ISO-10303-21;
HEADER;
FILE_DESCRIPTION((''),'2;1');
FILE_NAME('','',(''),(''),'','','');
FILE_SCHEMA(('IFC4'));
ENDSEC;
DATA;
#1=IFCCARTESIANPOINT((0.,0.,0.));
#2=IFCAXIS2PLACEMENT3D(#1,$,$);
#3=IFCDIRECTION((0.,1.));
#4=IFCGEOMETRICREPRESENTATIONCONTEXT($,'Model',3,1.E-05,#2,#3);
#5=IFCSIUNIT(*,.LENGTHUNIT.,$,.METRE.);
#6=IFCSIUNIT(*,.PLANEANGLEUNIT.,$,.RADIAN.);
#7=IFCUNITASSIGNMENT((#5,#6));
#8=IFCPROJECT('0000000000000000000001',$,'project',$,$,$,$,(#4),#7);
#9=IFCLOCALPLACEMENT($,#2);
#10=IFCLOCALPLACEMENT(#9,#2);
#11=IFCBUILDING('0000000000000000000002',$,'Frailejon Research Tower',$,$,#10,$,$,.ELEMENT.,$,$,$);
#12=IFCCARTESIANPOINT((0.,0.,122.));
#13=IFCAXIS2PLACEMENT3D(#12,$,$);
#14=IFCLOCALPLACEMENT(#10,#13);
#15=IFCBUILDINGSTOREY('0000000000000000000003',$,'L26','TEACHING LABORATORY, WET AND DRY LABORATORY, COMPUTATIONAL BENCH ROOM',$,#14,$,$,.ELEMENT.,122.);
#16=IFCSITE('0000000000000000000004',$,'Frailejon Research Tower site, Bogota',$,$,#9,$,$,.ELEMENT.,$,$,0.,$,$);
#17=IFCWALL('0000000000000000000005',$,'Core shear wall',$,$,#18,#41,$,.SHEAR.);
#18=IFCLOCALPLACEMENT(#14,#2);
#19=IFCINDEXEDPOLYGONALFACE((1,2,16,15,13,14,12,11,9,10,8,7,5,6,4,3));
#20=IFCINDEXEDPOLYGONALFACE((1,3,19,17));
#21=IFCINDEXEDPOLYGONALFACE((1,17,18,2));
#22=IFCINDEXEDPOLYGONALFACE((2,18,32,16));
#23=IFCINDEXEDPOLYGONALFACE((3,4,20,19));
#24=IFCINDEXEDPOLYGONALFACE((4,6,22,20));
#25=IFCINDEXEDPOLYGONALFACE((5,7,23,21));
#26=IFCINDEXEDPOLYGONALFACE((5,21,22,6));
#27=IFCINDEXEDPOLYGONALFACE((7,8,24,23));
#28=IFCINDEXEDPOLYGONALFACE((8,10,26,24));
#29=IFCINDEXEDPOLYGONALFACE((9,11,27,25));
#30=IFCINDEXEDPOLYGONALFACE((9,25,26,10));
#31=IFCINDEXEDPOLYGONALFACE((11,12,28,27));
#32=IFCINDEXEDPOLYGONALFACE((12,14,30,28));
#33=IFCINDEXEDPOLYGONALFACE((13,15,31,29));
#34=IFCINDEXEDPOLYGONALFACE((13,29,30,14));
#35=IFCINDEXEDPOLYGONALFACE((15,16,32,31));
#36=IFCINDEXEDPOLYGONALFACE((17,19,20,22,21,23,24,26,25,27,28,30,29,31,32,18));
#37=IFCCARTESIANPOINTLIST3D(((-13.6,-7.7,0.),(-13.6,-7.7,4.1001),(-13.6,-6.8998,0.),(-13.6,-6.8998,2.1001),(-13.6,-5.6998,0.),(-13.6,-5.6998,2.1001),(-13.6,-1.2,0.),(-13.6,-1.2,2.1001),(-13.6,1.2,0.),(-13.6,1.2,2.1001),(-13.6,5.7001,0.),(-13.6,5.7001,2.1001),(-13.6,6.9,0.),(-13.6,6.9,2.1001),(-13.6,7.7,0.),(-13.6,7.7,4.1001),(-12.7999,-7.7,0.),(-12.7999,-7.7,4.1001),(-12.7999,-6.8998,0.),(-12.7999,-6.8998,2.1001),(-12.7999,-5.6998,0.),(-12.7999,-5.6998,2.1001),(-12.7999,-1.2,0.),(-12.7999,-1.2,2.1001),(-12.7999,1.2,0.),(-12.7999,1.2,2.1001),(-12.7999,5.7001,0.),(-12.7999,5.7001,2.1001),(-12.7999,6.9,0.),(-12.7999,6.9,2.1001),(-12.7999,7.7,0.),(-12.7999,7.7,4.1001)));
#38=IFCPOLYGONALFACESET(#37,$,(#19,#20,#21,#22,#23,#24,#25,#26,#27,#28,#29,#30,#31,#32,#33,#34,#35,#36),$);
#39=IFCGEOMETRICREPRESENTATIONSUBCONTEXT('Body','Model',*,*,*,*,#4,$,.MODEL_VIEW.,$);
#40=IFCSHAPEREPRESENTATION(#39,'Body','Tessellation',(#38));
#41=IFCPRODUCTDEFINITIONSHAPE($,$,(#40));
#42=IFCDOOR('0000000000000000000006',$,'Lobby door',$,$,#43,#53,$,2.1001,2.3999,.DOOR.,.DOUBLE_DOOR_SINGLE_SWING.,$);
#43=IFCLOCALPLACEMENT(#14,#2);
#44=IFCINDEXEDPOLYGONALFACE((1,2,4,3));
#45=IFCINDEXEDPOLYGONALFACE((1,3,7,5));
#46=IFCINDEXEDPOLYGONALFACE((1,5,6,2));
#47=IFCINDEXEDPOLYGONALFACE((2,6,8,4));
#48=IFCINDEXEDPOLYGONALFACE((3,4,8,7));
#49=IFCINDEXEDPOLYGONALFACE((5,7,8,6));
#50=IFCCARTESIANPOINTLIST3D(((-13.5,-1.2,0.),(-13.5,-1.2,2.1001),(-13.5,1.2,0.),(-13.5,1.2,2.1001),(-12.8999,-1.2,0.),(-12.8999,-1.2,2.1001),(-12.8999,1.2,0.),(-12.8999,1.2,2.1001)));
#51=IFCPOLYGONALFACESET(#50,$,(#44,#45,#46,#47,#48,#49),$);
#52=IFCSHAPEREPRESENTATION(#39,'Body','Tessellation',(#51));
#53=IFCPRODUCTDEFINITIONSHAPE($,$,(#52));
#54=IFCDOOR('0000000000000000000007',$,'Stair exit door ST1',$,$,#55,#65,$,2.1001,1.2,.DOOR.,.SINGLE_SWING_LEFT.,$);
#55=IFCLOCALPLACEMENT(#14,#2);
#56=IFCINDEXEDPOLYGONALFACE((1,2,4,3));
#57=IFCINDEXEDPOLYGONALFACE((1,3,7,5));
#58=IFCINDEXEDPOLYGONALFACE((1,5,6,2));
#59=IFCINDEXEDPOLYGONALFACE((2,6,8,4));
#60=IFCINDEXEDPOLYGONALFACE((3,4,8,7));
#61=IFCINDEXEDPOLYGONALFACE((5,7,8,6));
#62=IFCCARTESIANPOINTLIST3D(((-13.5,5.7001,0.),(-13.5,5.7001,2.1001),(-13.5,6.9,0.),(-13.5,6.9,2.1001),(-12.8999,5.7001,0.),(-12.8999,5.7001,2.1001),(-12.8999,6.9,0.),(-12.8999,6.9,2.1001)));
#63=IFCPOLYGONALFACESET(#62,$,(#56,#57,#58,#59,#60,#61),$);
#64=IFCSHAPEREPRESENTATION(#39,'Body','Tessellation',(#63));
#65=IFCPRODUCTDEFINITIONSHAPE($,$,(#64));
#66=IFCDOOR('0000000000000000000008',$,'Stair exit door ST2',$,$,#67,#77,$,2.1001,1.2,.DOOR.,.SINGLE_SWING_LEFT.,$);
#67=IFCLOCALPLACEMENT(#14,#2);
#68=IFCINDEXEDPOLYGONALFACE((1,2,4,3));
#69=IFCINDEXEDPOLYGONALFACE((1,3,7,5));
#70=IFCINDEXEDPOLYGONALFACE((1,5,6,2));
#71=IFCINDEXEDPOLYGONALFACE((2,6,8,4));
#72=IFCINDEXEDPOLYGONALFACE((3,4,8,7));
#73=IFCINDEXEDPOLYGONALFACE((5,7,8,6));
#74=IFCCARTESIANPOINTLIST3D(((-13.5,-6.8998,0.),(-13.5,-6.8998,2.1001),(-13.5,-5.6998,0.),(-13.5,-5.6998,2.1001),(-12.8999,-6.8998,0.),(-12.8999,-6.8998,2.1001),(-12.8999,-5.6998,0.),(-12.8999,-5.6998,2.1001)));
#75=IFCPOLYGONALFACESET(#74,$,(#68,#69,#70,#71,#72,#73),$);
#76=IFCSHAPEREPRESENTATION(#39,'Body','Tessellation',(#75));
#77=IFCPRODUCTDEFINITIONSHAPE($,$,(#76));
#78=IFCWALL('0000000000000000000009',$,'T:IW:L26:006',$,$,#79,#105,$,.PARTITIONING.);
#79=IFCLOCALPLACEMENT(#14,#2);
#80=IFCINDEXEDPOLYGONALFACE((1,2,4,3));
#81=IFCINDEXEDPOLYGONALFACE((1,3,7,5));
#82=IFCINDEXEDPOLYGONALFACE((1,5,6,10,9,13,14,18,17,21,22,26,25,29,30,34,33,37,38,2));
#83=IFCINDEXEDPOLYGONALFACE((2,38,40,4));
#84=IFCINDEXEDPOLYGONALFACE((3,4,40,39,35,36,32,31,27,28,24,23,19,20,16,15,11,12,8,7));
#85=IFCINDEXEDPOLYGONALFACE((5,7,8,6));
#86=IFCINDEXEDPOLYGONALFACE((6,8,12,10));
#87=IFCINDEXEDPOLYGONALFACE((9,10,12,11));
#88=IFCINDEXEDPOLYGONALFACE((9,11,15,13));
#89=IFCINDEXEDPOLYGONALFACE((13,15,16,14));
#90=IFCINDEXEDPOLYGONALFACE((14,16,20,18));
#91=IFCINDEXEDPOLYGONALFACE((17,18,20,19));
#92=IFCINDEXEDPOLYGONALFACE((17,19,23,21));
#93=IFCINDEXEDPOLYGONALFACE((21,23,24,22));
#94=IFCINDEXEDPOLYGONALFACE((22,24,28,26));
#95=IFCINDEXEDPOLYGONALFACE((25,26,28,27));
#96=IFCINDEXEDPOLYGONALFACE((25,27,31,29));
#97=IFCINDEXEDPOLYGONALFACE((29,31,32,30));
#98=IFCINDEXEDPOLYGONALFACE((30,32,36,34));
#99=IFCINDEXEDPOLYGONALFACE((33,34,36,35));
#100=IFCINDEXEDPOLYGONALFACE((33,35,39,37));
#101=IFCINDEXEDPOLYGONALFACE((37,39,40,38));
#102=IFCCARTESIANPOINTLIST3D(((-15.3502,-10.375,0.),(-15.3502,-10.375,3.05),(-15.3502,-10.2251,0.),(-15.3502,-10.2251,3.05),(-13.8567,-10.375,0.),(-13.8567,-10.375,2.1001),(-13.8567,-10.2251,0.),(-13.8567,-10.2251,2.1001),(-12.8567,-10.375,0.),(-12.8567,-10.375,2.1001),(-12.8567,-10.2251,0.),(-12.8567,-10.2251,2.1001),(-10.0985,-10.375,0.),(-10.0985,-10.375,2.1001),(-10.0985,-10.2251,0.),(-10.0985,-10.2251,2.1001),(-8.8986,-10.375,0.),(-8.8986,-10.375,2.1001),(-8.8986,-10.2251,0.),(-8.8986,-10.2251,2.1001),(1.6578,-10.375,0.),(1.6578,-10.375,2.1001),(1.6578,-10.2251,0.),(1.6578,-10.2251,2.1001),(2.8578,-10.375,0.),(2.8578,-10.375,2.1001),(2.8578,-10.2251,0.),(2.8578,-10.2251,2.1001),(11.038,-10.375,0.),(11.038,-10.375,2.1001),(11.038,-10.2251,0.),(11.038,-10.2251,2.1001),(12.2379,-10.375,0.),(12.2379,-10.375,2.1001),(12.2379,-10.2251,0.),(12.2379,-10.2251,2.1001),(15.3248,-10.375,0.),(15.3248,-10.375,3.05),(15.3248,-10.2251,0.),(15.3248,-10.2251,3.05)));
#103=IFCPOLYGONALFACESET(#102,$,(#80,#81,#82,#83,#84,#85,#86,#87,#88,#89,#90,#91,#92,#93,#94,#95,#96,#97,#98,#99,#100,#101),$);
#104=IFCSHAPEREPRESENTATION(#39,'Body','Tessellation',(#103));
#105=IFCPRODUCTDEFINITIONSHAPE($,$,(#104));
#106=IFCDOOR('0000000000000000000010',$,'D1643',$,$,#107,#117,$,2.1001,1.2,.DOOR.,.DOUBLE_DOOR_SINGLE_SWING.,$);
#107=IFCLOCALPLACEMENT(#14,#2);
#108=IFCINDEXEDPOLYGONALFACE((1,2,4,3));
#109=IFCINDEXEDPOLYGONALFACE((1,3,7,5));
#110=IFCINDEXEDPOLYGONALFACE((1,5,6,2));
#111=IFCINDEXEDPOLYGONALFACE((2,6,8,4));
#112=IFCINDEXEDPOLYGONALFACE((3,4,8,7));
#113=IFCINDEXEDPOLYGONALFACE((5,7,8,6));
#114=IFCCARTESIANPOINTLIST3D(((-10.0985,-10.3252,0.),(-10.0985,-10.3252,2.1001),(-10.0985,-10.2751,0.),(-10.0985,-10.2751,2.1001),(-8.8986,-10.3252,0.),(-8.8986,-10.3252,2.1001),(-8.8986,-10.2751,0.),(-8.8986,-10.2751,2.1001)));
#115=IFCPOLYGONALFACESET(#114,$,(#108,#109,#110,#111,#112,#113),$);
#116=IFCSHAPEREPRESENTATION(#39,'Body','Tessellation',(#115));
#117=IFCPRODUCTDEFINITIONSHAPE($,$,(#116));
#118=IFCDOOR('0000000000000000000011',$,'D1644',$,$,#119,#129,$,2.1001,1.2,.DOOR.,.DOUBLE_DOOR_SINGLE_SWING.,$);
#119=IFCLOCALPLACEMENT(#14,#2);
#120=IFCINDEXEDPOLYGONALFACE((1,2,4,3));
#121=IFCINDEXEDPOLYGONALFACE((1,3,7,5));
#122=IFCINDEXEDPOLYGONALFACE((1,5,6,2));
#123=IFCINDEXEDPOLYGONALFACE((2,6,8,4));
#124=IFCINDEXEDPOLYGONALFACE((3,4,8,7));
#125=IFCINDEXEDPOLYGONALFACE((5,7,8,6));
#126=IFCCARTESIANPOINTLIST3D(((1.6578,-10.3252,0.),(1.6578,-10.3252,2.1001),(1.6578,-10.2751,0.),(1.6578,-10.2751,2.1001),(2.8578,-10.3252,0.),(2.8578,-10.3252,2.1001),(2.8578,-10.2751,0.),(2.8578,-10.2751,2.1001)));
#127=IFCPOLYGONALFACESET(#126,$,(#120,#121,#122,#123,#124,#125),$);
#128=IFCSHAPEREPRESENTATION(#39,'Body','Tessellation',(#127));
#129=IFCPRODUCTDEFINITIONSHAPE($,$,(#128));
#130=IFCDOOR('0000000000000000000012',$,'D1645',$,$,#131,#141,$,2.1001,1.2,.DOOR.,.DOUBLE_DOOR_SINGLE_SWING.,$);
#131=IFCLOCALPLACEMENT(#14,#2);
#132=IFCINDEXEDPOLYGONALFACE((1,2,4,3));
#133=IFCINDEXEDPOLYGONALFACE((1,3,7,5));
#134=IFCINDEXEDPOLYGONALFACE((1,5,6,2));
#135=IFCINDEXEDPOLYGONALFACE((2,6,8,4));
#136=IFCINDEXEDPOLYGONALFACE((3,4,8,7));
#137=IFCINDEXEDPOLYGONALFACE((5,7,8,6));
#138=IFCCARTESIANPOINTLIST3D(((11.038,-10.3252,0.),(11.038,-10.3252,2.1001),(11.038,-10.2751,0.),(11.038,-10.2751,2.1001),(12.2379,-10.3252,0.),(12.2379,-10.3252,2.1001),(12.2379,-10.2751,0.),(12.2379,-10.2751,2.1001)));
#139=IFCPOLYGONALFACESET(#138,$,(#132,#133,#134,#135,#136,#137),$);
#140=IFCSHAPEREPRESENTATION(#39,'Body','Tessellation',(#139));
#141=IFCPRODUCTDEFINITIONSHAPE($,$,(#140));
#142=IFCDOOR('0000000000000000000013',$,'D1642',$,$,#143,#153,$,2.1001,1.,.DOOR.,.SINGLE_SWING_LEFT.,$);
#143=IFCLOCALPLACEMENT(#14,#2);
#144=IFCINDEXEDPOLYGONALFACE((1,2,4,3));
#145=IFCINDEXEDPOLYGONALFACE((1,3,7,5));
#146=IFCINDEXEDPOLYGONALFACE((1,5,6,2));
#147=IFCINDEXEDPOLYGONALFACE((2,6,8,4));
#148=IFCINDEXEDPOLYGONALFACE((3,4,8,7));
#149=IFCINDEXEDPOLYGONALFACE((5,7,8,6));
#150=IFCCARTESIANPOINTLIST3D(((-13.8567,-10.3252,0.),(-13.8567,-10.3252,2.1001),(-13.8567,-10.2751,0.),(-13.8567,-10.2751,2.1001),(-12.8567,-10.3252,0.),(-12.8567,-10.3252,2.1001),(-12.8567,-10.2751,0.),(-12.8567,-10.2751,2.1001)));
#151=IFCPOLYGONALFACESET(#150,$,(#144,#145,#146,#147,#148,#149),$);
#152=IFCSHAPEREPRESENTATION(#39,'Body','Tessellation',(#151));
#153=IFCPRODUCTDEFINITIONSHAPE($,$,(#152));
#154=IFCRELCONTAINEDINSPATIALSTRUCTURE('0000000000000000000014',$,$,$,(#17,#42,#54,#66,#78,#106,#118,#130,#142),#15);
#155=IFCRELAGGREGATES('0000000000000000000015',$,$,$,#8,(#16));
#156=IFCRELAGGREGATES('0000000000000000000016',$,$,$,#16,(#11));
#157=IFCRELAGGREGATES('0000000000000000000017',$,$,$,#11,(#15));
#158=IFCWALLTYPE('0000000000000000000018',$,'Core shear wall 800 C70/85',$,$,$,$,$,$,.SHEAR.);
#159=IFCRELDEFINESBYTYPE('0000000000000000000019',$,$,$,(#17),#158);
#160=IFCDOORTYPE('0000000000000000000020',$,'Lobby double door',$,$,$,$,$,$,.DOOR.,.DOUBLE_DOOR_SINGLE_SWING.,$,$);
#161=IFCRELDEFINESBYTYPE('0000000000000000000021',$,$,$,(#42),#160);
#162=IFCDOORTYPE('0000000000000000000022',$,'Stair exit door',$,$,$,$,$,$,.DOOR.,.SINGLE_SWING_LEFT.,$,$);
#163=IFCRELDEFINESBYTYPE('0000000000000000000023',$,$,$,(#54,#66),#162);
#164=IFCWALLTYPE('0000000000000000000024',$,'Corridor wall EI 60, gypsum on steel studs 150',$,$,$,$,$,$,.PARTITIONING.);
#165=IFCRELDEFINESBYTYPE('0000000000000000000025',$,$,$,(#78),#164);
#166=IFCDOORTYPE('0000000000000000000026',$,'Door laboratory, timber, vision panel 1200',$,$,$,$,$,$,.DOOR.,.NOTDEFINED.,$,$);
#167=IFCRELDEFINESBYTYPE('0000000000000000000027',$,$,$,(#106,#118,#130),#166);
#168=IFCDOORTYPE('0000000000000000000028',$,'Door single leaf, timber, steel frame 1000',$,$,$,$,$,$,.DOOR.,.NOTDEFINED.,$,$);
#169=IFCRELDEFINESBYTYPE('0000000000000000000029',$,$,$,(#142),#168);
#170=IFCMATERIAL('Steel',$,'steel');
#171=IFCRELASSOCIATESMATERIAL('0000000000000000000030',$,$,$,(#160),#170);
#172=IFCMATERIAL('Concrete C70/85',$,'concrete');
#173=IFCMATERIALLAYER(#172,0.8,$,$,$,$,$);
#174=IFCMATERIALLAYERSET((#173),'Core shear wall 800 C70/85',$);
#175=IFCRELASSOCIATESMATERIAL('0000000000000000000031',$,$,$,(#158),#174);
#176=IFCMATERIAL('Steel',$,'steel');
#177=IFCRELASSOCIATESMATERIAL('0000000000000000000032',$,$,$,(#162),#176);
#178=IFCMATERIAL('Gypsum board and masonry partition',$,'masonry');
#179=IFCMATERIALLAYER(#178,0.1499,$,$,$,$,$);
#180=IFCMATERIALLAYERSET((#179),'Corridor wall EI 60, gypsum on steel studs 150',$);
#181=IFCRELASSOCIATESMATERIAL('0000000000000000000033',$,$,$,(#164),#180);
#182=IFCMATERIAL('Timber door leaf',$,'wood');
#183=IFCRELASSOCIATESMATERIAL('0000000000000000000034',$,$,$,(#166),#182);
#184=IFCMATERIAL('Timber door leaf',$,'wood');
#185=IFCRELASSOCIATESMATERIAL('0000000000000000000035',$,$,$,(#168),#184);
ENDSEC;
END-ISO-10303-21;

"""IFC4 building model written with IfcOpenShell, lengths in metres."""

from ifc_helpers import new_model, si_unit, direction, frame, frame_2d, origin, place, context, subcontext, project, spatial, rectangle, extrude, material, layer, layer_set, type_object, element, fill, save


model = new_model("IFC4")

# Units and contexts
model_context = context("Model", 3, precision=1e-05, world=origin(), true_north=direction((0.0, 1.0)))
body_context = subcontext(model_context, "Body", "Model", "MODEL_VIEW")
ifc_project = project(units=[si_unit("LENGTHUNIT", "METRE"), si_unit("PLANEANGLEUNIT", "RADIAN")], contexts=[model_context])

# Site, building, storey
site_placement = place(None, origin())
site = spatial("IfcSite", under=ifc_project, at=site_placement, Name="Frailejon Research Tower site, Bogota", CompositionType="ELEMENT", RefElevation=0.0)
building_placement = place(site_placement, origin())
building = spatial("IfcBuilding", under=site, at=building_placement, Name="Frailejon Research Tower", CompositionType="ELEMENT")
storey_placement = place(building_placement, frame((0.0, 0.0, 122.0)))
storey = spatial("IfcBuildingStorey", under=building, at=storey_placement, Name="L26", Description="TEACHING LABORATORY, WET AND DRY LABORATORY, COMPUTATIONAL BENCH ROOM", CompositionType="ELEMENT", Elevation=122.0)

# Shared definitions
ifc_material_1 = material(Name="Steel", Category="steel")
door_type_1 = type_object("IfcDoorType", Name="Lobby double door", OperationType="DOUBLE_DOOR_SINGLE_SWING", PredefinedType="DOOR", material=ifc_material_1)

# Shared definitions
ifc_material_2 = material(Name="Concrete C70/85", Category="concrete")
ifc_layer_1 = layer(ifc_material_2, 0.8)
ifc_layer_set_1 = layer_set([ifc_layer_1], Name="Core shear wall 800 C70/85")
wall_type_1 = type_object("IfcWallType", Name="Core shear wall 800 C70/85", PredefinedType="SHEAR", material=ifc_layer_set_1)

# Walls, openings, doors
wall_1_placement = place(storey_placement, frame((-13.2, -7.7, 0.0), z_axis=(0.0, 0.0, 1.0), x_axis=(0.0, 1.0, 0.0)))
wall_1 = element("IfcWall", 1, at=wall_1_placement, inside=storey, type_object=wall_type_1, Name="Core shear wall", PredefinedType="SHEAR", context=body_context, shape_type="SweptSolid", body=[
    extrude(rectangle(XDim=15.3999, YDim=0.8, at=frame_2d((7.7, 0.0))), origin(), (0.0, 0.0, 1.0), 4.1001),
])
opening_1_placement = place(wall_1_placement, frame((6.5, 0.0, 0.0)))
opening_1 = element("IfcOpeningElement", 2, at=opening_1_placement, cuts=wall_1, PredefinedType="OPENING", context=body_context, shape_type="SweptSolid", body=[
    extrude(rectangle(XDim=2.3999, YDim=2.1001, at=frame_2d((1.2, 1.05))), frame((0.0, 0.4099, 0.0), z_axis=(0.0, -1.0, 0.0), x_axis=(1.0, 0.0, 0.0)), (0.0, 0.0, 1.0), 0.8201),
])
opening_2_placement = place(wall_1_placement, frame((13.3999, 0.0, 0.0)))
opening_2 = element("IfcOpeningElement", 3, at=opening_2_placement, cuts=wall_1, PredefinedType="OPENING", context=body_context, shape_type="SweptSolid", body=[
    extrude(rectangle(XDim=1.2, YDim=2.1001, at=frame_2d((0.6001, 1.05))), frame((0.0, 0.4099, 0.0), z_axis=(0.0, -1.0, 0.0), x_axis=(1.0, 0.0, 0.0)), (0.0, 0.0, 1.0), 0.8201),
])
opening_3_placement = place(wall_1_placement, frame((0.8, 0.0, 0.0)))
opening_3 = element("IfcOpeningElement", 4, at=opening_3_placement, cuts=wall_1, PredefinedType="OPENING", context=body_context, shape_type="SweptSolid", body=[
    extrude(rectangle(XDim=1.2, YDim=2.1001, at=frame_2d((0.6001, 1.05))), frame((0.0, 0.4099, 0.0), z_axis=(0.0, -1.0, 0.0), x_axis=(1.0, 0.0, 0.0)), (0.0, 0.0, 1.0), 0.8201),
])
door_1_placement = place(opening_1_placement, origin())
door_1 = element("IfcDoor", 5, at=door_1_placement, inside=storey, type_object=door_type_1, Name="Lobby door", OperationType="DOUBLE_DOOR_SINGLE_SWING", OverallHeight=2.1001, OverallWidth=2.3999, PredefinedType="DOOR", context=body_context, shape_type="SweptSolid", body=[
    extrude(rectangle(XDim=2.3999, YDim=2.1001, at=frame_2d((1.2, 1.05))), frame((0.0, 0.3, 0.0), z_axis=(0.0, -1.0, 0.0), x_axis=(1.0, 0.0, 0.0)), (0.0, 0.0, 1.0), 0.6001),
])
fill(opening_1, door_1)
ifc_material_3 = material(Name="Steel", Category="steel")
door_type_2 = type_object("IfcDoorType", Name="Stair exit door", OperationType="SINGLE_SWING_LEFT", PredefinedType="DOOR", material=ifc_material_3)
door_2_placement = place(opening_2_placement, origin())
door_2 = element("IfcDoor", 6, at=door_2_placement, inside=storey, type_object=door_type_2, Name="Stair exit door ST1", OperationType="SINGLE_SWING_LEFT", OverallHeight=2.1001, OverallWidth=1.2, PredefinedType="DOOR", context=body_context, shape_type="SweptSolid", body=[
    extrude(rectangle(XDim=1.2, YDim=2.1001, at=frame_2d((0.6001, 1.05))), frame((0.0, 0.3, 0.0), z_axis=(0.0, -1.0, 0.0), x_axis=(1.0, 0.0, 0.0)), (0.0, 0.0, 1.0), 0.6001),
])
fill(opening_2, door_2)
door_3_placement = place(opening_3_placement, origin())
door_3 = element("IfcDoor", 7, at=door_3_placement, inside=storey, type_object=door_type_2, Name="Stair exit door ST2", OperationType="SINGLE_SWING_LEFT", OverallHeight=2.1001, OverallWidth=1.2, PredefinedType="DOOR", context=body_context, shape_type="SweptSolid", body=[
    extrude(rectangle(XDim=1.2, YDim=2.1001, at=frame_2d((0.6001, 1.05))), frame((0.0, 0.3, 0.0), z_axis=(0.0, -1.0, 0.0), x_axis=(1.0, 0.0, 0.0)), (0.0, 0.0, 1.0), 0.6001),
])
fill(opening_3, door_3)
ifc_material_4 = material(Name="Gypsum board and masonry partition", Category="masonry")
ifc_layer_2 = layer(ifc_material_4, 0.1499)
ifc_layer_set_2 = layer_set([ifc_layer_2], Name="Corridor wall EI 60, gypsum on steel studs 150")
wall_type_2 = type_object("IfcWallType", Name="Corridor wall EI 60, gypsum on steel studs 150", PredefinedType="PARTITIONING", material=ifc_layer_set_2)
wall_2_placement = place(storey_placement, frame((-15.3501, -10.3, 0.0), z_axis=(0.0, 0.0, 1.0), x_axis=(1.0, 0.0, 0.0)))
wall_2 = element("IfcWall", 8, at=wall_2_placement, inside=storey, type_object=wall_type_2, Name="T:IW:L26:006", PredefinedType="PARTITIONING", context=body_context, shape_type="SweptSolid", body=[
    extrude(rectangle(XDim=30.675, YDim=0.1499, at=frame_2d((15.3374, 0.0))), origin(), (0.0, 0.0, 1.0), 3.05),
])
opening_4_placement = place(wall_2_placement, frame((1.4934, 0.0, 0.0)))
opening_4 = element("IfcOpeningElement", 9, at=opening_4_placement, cuts=wall_2, PredefinedType="OPENING", context=body_context, shape_type="SweptSolid", body=[
    extrude(rectangle(XDim=1.0, YDim=2.1001, at=frame_2d((0.5, 1.05))), frame((0.0, 0.085, 0.0), z_axis=(0.0, -1.0, 0.0), x_axis=(1.0, 0.0, 0.0)), (0.0, 0.0, 1.0), 0.1699),
])
opening_5_placement = place(wall_2_placement, frame((5.2515, 0.0, 0.0)))
opening_5 = element("IfcOpeningElement", 10, at=opening_5_placement, cuts=wall_2, PredefinedType="OPENING", context=body_context, shape_type="SweptSolid", body=[
    extrude(rectangle(XDim=1.2, YDim=2.1001, at=frame_2d((0.6001, 1.05))), frame((0.0, 0.085, 0.0), z_axis=(0.0, -1.0, 0.0), x_axis=(1.0, 0.0, 0.0)), (0.0, 0.0, 1.0), 0.1699),
])
opening_6_placement = place(wall_2_placement, frame((17.0078, 0.0, 0.0)))
opening_6 = element("IfcOpeningElement", 11, at=opening_6_placement, cuts=wall_2, PredefinedType="OPENING", context=body_context, shape_type="SweptSolid", body=[
    extrude(rectangle(XDim=1.2, YDim=2.1001, at=frame_2d((0.6001, 1.05))), frame((0.0, 0.085, 0.0), z_axis=(0.0, -1.0, 0.0), x_axis=(1.0, 0.0, 0.0)), (0.0, 0.0, 1.0), 0.1699),
])
opening_7_placement = place(wall_2_placement, frame((26.3879, 0.0, 0.0)))
opening_7 = element("IfcOpeningElement", 12, at=opening_7_placement, cuts=wall_2, PredefinedType="OPENING", context=body_context, shape_type="SweptSolid", body=[
    extrude(rectangle(XDim=1.2, YDim=2.1001, at=frame_2d((0.6001, 1.05))), frame((0.0, 0.085, 0.0), z_axis=(0.0, -1.0, 0.0), x_axis=(1.0, 0.0, 0.0)), (0.0, 0.0, 1.0), 0.1699),
])
ifc_material_5 = material(Name="Timber door leaf", Category="wood")
door_type_3 = type_object("IfcDoorType", Name="Door laboratory, timber, vision panel 1200", OperationType="NOTDEFINED", PredefinedType="DOOR", material=ifc_material_5)
door_4_placement = place(opening_5_placement, origin())
door_4 = element("IfcDoor", 13, at=door_4_placement, inside=storey, type_object=door_type_3, Name="D1643", OperationType="DOUBLE_DOOR_SINGLE_SWING", OverallHeight=2.1001, OverallWidth=1.2, PredefinedType="DOOR", context=body_context, shape_type="SweptSolid", body=[
    extrude(rectangle(XDim=1.2, YDim=2.1001, at=frame_2d((0.6001, 1.05))), frame((0.0, 0.0249, 0.0), z_axis=(0.0, -1.0, 0.0), x_axis=(1.0, 0.0, 0.0)), (0.0, 0.0, 1.0), 0.05),
])
fill(opening_5, door_4)
door_5_placement = place(opening_6_placement, origin())
door_5 = element("IfcDoor", 14, at=door_5_placement, inside=storey, type_object=door_type_3, Name="D1644", OperationType="DOUBLE_DOOR_SINGLE_SWING", OverallHeight=2.1001, OverallWidth=1.2, PredefinedType="DOOR", context=body_context, shape_type="SweptSolid", body=[
    extrude(rectangle(XDim=1.2, YDim=2.1001, at=frame_2d((0.6001, 1.05))), frame((0.0, 0.0249, 0.0), z_axis=(0.0, -1.0, 0.0), x_axis=(1.0, 0.0, 0.0)), (0.0, 0.0, 1.0), 0.05),
])
fill(opening_6, door_5)
door_6_placement = place(opening_7_placement, origin())
door_6 = element("IfcDoor", 15, at=door_6_placement, inside=storey, type_object=door_type_3, Name="D1645", OperationType="DOUBLE_DOOR_SINGLE_SWING", OverallHeight=2.1001, OverallWidth=1.2, PredefinedType="DOOR", context=body_context, shape_type="SweptSolid", body=[
    extrude(rectangle(XDim=1.2, YDim=2.1001, at=frame_2d((0.6001, 1.05))), frame((0.0, 0.0249, 0.0), z_axis=(0.0, -1.0, 0.0), x_axis=(1.0, 0.0, 0.0)), (0.0, 0.0, 1.0), 0.05),
])
fill(opening_7, door_6)
ifc_material_6 = material(Name="Timber door leaf", Category="wood")
door_type_4 = type_object("IfcDoorType", Name="Door single leaf, timber, steel frame 1000", OperationType="NOTDEFINED", PredefinedType="DOOR", material=ifc_material_6)
door_7_placement = place(opening_4_placement, origin())
door_7 = element("IfcDoor", 16, at=door_7_placement, inside=storey, type_object=door_type_4, Name="D1642", OperationType="SINGLE_SWING_LEFT", OverallHeight=2.1001, OverallWidth=1.0, PredefinedType="DOOR", context=body_context, shape_type="SweptSolid", body=[
    extrude(rectangle(XDim=1.0, YDim=2.1001, at=frame_2d((0.5, 1.05))), frame((0.0, 0.0249, 0.0), z_axis=(0.0, -1.0, 0.0), x_axis=(1.0, 0.0, 0.0)), (0.0, 0.0, 1.0), 0.05),
])
fill(opening_4, door_7)

save(model, "model.ifc")
